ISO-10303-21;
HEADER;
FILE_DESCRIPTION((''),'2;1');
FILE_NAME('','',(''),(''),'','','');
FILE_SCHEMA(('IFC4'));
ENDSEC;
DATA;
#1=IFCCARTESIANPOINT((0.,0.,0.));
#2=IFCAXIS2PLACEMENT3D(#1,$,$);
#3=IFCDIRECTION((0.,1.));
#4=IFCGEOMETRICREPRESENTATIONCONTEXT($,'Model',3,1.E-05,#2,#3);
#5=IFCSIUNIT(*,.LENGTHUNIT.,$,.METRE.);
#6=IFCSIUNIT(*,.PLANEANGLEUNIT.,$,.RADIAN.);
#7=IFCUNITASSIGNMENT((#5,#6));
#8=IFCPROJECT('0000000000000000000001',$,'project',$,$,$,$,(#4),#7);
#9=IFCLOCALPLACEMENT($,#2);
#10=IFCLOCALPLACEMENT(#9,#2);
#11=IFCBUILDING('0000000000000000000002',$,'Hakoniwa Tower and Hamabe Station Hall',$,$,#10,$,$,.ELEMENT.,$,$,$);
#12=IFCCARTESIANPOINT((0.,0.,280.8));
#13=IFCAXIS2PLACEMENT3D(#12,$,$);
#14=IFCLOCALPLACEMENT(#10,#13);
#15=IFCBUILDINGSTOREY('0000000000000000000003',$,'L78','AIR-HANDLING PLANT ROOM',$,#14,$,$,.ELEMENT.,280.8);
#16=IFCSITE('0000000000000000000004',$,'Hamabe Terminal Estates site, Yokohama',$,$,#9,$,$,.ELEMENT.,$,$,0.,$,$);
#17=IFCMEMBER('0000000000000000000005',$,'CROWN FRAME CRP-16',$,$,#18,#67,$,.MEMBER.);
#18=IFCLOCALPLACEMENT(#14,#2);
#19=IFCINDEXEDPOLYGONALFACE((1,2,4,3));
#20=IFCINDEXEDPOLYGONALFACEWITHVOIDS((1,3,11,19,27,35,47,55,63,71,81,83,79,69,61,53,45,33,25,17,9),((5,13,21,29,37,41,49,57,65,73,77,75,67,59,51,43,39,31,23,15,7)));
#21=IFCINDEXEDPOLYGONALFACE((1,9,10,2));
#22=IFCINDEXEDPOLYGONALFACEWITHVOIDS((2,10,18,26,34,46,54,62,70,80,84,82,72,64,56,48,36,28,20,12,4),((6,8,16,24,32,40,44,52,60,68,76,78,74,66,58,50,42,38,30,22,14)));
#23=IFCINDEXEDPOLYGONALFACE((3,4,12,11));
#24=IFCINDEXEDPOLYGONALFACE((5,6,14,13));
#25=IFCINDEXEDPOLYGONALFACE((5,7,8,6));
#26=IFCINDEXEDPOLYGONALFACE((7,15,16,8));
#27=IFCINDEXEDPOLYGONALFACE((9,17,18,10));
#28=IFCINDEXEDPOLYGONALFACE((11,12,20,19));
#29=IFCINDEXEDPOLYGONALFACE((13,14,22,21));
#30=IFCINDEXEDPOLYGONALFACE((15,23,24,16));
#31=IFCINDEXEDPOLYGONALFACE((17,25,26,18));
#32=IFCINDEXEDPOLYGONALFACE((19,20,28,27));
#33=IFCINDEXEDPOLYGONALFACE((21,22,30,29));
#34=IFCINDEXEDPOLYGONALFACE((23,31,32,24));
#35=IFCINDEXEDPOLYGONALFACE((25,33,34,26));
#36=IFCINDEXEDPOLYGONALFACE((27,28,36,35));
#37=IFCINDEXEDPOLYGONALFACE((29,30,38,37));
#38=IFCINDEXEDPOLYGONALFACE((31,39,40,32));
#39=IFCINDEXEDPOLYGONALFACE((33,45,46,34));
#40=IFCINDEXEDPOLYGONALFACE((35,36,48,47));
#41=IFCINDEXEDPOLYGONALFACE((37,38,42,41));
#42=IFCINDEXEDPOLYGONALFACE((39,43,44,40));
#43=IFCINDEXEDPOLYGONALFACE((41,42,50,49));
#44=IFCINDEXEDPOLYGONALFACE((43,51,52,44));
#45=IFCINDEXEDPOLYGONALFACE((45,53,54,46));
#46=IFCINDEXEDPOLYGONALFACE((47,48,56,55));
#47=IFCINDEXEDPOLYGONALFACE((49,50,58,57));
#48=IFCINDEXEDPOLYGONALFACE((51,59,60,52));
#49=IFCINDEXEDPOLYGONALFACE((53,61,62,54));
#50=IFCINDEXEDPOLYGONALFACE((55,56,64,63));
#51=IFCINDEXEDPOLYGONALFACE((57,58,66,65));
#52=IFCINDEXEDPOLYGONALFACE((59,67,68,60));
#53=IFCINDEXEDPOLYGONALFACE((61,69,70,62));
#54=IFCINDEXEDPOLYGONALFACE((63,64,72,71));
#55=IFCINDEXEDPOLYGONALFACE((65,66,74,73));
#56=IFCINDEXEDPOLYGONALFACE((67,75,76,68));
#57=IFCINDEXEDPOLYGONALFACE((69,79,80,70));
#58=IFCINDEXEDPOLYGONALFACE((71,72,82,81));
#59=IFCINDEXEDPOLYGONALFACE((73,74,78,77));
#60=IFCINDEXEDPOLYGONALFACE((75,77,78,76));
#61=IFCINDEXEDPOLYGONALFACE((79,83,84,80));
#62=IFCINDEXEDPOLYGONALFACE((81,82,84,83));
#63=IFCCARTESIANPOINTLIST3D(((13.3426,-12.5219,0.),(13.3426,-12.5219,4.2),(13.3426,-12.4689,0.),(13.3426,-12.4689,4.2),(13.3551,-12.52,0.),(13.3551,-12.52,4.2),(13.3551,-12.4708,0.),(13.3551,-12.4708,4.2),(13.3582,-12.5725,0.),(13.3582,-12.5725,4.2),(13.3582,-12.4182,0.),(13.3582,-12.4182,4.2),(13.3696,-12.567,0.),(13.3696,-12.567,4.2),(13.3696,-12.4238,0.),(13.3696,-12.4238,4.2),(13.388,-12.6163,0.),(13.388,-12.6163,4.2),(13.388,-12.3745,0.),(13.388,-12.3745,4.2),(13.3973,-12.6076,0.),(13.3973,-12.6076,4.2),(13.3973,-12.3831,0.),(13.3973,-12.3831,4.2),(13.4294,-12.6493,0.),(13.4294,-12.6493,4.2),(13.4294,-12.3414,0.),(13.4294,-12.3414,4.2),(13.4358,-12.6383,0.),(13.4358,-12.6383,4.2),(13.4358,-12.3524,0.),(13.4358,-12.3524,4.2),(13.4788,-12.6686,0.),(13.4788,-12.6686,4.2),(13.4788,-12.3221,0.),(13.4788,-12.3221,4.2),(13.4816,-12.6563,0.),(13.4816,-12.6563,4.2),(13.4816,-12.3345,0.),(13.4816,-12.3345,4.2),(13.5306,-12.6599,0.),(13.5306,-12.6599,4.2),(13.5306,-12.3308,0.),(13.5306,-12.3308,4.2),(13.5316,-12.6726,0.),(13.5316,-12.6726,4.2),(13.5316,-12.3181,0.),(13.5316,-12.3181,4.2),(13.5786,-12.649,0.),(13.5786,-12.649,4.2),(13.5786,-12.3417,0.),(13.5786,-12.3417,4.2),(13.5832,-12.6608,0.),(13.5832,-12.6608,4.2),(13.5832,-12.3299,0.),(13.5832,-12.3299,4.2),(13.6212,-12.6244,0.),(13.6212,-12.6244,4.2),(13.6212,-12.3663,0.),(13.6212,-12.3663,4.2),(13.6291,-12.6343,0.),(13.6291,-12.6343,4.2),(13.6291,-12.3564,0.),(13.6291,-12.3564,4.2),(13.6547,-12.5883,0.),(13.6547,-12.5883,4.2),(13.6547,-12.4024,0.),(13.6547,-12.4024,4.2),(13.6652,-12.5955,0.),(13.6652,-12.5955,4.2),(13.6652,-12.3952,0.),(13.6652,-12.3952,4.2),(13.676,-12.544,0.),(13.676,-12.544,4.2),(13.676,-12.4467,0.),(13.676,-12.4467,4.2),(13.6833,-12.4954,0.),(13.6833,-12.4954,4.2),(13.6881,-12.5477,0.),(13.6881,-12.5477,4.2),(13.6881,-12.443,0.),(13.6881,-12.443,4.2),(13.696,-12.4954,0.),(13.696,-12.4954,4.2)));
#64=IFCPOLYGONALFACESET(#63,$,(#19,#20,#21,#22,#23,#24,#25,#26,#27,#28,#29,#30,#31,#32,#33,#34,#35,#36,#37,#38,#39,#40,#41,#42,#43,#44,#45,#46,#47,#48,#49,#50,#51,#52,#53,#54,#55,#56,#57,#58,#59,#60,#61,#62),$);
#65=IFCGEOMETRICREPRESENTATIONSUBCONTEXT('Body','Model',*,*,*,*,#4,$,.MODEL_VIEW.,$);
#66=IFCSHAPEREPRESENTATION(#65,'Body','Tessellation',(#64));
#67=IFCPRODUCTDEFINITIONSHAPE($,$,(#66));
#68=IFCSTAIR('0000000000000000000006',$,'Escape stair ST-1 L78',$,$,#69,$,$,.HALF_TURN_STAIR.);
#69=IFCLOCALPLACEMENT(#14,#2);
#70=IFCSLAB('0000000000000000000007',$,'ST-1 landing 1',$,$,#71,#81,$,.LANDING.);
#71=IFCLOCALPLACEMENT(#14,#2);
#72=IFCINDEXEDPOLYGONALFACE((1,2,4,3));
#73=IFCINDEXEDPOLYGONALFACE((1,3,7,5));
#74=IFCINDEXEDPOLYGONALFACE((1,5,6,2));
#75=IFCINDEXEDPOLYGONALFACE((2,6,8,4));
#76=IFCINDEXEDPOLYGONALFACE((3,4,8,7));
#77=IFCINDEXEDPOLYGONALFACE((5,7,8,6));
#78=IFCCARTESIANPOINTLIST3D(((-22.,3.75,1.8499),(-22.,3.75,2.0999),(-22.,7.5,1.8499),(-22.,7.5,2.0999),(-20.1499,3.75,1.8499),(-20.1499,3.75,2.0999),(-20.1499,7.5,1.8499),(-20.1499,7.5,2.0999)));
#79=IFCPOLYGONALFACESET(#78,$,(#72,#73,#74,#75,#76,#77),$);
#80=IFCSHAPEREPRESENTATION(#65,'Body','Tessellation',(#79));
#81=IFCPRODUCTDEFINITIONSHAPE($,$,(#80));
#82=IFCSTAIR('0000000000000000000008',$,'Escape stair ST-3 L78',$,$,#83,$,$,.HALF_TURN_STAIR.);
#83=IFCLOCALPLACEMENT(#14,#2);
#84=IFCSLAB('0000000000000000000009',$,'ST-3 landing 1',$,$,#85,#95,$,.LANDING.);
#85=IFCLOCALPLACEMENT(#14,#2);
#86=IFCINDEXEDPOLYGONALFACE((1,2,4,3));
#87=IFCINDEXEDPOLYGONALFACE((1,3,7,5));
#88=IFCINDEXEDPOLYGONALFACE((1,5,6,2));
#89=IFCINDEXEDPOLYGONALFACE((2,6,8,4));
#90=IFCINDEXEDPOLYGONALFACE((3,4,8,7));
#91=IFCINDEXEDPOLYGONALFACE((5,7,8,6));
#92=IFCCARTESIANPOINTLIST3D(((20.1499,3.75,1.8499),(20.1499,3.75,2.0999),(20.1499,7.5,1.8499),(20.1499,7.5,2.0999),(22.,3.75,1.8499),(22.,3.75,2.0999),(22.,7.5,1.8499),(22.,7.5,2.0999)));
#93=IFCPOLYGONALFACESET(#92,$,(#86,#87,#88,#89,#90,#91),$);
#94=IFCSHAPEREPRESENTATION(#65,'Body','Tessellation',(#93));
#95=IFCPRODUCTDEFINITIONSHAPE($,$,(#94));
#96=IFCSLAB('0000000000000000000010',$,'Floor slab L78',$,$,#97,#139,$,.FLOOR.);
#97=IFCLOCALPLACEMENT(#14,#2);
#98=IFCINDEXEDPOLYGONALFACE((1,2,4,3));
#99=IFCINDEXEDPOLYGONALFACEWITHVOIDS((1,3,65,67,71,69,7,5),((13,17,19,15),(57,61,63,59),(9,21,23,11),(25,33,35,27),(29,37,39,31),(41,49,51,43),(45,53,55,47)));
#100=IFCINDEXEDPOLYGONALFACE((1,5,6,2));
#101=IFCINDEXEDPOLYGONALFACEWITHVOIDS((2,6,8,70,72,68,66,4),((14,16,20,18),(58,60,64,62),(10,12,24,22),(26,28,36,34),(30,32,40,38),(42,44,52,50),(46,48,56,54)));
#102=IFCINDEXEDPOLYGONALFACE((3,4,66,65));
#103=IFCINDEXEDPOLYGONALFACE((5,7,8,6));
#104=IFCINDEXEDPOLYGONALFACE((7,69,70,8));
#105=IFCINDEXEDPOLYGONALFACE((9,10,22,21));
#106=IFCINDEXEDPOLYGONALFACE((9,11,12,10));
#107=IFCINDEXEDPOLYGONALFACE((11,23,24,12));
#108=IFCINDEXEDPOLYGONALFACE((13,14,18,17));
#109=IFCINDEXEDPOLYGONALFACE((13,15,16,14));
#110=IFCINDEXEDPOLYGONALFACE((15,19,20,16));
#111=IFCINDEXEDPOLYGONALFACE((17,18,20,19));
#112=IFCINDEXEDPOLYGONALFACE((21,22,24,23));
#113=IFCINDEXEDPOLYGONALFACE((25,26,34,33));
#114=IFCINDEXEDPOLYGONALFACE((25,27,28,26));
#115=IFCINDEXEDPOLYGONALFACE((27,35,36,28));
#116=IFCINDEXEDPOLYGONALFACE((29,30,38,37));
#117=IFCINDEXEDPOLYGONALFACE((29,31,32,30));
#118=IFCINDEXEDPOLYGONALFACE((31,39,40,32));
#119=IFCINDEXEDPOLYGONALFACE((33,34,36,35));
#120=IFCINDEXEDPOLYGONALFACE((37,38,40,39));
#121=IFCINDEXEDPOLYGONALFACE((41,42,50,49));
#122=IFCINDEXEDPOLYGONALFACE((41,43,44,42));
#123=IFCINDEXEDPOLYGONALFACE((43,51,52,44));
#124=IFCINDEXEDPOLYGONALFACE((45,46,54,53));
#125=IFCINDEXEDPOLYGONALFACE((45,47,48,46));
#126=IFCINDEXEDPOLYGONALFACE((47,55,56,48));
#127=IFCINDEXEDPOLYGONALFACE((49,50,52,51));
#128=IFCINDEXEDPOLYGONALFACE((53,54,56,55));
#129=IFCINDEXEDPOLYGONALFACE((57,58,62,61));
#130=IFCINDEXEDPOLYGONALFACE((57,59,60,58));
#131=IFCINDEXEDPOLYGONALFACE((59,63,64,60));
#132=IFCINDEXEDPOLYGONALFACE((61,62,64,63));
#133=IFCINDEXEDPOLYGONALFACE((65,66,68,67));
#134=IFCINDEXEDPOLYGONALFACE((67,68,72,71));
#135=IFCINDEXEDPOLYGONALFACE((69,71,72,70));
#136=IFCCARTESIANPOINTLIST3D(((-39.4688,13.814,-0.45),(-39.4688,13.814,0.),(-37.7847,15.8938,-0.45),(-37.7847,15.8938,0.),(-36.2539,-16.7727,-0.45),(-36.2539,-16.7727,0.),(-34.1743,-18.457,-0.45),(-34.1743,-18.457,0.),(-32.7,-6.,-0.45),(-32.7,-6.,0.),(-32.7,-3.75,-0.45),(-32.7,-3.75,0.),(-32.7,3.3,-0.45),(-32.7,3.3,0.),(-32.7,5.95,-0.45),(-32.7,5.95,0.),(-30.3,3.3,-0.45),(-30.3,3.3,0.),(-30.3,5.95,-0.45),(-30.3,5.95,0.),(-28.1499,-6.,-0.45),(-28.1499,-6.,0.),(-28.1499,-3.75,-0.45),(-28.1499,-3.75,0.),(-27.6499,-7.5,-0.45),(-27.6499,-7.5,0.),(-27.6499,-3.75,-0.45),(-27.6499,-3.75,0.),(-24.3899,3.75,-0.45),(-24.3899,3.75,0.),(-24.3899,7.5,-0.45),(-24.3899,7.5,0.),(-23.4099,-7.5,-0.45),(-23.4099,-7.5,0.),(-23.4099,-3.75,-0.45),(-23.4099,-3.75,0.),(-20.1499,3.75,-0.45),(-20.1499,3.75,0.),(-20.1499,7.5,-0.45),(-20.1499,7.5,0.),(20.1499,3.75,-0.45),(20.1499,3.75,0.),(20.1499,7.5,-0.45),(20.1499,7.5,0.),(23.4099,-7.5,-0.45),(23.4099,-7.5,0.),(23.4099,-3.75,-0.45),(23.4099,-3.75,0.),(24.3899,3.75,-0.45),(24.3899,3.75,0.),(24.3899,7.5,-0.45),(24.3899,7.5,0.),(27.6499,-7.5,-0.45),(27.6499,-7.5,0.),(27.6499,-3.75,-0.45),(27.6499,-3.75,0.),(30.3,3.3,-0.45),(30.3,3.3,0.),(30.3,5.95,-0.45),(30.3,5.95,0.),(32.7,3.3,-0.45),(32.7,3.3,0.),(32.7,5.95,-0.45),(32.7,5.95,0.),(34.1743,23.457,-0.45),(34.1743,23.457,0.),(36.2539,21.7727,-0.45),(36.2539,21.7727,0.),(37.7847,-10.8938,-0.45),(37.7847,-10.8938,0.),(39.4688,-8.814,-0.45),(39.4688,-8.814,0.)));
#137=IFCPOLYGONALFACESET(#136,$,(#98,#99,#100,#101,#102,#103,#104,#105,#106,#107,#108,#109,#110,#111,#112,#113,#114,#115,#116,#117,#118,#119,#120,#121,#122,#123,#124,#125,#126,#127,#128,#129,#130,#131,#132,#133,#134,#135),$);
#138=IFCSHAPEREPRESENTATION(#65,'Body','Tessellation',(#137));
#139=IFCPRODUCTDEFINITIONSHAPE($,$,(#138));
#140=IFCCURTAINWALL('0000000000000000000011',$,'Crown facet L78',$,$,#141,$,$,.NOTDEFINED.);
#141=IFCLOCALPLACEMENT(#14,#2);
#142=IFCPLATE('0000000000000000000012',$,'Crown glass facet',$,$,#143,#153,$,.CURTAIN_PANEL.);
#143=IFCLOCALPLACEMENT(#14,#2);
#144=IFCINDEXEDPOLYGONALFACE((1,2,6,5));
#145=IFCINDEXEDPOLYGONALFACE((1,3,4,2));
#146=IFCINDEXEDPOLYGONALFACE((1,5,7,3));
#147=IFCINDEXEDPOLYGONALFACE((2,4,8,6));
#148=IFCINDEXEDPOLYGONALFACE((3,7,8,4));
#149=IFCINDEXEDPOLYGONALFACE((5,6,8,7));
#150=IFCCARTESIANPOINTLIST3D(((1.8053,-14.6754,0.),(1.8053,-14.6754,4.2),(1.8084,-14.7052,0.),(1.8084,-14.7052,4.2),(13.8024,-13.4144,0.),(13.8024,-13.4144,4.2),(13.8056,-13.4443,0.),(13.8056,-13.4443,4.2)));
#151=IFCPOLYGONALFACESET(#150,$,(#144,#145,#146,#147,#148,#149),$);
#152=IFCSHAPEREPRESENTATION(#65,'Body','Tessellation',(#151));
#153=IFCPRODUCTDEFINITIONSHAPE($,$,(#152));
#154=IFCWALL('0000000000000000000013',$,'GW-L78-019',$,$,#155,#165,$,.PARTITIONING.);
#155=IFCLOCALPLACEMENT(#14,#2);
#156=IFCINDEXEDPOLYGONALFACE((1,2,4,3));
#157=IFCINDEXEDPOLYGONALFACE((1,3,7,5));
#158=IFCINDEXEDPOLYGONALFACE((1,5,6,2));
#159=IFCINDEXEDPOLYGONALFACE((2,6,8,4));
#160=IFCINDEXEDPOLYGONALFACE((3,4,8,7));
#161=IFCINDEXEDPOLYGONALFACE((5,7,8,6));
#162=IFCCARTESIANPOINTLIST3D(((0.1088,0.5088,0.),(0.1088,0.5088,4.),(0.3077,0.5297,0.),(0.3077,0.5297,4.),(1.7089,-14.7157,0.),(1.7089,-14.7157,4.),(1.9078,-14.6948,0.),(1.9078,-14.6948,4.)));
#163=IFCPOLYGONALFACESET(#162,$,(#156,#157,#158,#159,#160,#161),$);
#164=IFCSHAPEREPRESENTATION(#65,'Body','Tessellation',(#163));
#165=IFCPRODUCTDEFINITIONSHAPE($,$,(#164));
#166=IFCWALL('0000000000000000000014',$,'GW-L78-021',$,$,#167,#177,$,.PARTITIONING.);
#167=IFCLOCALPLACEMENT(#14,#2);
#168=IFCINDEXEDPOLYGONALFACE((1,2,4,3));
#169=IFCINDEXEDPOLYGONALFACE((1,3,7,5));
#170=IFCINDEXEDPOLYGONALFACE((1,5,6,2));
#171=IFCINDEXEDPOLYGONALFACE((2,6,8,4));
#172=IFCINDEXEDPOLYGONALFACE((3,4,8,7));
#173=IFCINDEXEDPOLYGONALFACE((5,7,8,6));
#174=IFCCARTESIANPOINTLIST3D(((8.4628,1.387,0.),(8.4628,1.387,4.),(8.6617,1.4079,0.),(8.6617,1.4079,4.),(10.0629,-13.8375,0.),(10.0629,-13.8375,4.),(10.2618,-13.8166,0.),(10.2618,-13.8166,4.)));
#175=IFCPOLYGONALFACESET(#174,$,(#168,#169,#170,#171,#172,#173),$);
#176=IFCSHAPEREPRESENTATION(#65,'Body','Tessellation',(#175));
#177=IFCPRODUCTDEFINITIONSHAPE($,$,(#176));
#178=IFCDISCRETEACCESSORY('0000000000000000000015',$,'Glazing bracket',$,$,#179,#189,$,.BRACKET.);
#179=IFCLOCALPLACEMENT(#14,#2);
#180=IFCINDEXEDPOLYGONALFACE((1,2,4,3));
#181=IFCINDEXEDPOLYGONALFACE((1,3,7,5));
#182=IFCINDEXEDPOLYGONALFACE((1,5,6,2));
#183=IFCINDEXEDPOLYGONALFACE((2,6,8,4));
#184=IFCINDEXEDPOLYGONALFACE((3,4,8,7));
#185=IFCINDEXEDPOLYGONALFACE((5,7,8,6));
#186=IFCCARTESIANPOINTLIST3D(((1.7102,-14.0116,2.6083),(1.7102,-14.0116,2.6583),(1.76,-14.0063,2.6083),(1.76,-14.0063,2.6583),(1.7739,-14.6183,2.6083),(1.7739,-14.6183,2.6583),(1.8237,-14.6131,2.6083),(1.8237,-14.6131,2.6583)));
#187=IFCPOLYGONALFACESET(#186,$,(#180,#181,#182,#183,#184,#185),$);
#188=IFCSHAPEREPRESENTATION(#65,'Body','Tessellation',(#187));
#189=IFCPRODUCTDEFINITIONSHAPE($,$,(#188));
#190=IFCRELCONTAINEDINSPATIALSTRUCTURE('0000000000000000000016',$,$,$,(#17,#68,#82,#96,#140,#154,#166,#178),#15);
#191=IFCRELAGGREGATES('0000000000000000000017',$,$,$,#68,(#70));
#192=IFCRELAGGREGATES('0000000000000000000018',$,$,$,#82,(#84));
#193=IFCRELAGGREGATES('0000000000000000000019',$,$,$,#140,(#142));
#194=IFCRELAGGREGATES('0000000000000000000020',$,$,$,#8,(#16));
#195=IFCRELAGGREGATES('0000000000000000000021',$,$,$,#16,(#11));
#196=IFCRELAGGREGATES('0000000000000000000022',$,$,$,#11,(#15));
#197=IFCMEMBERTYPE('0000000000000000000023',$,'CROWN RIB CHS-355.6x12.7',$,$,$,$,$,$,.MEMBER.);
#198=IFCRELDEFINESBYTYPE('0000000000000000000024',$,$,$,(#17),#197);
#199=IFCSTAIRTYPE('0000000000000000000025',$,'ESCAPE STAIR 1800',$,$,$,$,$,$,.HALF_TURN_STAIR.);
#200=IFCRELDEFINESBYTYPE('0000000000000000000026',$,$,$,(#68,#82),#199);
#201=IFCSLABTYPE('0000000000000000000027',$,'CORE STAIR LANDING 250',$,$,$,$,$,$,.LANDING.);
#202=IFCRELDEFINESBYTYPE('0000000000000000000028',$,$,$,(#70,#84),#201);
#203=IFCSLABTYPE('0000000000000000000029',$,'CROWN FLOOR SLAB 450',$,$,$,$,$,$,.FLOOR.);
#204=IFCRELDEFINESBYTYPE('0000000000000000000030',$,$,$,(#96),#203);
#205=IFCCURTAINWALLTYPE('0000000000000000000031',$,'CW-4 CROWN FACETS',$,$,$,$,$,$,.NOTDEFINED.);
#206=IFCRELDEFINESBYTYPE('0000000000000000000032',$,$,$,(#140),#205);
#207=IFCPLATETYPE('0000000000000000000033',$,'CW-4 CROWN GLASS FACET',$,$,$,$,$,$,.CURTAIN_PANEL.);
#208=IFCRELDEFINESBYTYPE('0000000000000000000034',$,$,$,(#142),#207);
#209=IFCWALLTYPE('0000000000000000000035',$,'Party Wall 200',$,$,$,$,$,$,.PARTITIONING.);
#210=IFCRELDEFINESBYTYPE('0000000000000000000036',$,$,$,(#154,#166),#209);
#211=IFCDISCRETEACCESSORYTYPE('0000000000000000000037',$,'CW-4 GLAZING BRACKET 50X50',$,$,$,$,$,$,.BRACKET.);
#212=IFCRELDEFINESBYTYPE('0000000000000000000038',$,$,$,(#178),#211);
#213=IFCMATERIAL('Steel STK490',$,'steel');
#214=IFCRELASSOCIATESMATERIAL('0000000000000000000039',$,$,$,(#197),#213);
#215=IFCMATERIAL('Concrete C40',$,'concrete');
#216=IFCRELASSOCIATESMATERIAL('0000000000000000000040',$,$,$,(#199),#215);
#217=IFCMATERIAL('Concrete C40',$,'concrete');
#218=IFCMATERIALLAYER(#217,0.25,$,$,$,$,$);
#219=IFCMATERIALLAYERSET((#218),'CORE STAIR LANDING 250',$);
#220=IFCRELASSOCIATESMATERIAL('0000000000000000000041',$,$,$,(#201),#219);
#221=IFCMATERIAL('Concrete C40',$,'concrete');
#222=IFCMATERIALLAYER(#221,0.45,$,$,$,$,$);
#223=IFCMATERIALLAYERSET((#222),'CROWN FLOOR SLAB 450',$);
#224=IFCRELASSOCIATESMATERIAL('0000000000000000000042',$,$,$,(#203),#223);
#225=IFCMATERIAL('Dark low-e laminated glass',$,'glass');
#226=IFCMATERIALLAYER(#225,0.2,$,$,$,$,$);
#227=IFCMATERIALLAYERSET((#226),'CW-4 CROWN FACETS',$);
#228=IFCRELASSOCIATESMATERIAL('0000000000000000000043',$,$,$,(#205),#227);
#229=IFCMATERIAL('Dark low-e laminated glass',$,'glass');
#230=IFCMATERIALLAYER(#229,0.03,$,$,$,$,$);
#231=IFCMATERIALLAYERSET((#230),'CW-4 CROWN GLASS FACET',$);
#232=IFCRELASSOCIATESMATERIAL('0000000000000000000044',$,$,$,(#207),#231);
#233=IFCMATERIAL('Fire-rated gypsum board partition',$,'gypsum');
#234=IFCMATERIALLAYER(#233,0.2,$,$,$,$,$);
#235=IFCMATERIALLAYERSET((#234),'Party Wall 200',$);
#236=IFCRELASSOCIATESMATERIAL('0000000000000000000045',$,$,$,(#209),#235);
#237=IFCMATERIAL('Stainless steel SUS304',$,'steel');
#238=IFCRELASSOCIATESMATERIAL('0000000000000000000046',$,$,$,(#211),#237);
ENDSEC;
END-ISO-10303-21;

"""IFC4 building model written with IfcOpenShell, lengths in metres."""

from ifc_helpers import new_model, si_unit, direction, frame, frame_2d, origin, origin_2d, place, context, subcontext, project, spatial, polyline, rectangle, hollow_circle, outline, extrude, material, layer, layer_set, material_profile, profile_set, type_object, element, aggregate, save


model = new_model("IFC4")

# Units and contexts
model_context = context("Model", 3, precision=1e-05, world=origin(), true_north=direction((0.0, 1.0)))
body_context = subcontext(model_context, "Body", "Model", "MODEL_VIEW")
ifc_project = project(units=[si_unit("LENGTHUNIT", "METRE"), si_unit("PLANEANGLEUNIT", "RADIAN")], contexts=[model_context])

# Site, building, storey
site_placement = place(None, origin())
site = spatial("IfcSite", under=ifc_project, at=site_placement, Name="Hamabe Terminal Estates site, Yokohama", CompositionType="ELEMENT", RefElevation=0.0)
building_placement = place(site_placement, origin())
building = spatial("IfcBuilding", under=site, at=building_placement, Name="Hakoniwa Tower and Hamabe Station Hall", CompositionType="ELEMENT")
storey_placement = place(building_placement, frame((0.0, 0.0, 280.8)))
storey = spatial("IfcBuildingStorey", under=building, at=storey_placement, Name="L78", Description="AIR-HANDLING PLANT ROOM", CompositionType="ELEMENT", Elevation=280.8)

# Member
ifc_material_1 = material(Name="Steel STK490", Category="steel")
ifc_material_profile_1 = material_profile(ifc_material_1, hollow_circle(Radius=0.1777, WallThickness=0.0127, at=origin_2d()), Name="CHS-355.6x12.7")
ifc_profile_set_1 = profile_set([ifc_material_profile_1], Name="Steel STK490")
member_type = type_object("IfcMemberType", Name="CROWN RIB CHS-355.6x12.7", PredefinedType="MEMBER", material=ifc_profile_set_1)
for number, where, z_axis, x_axis, name in (
    (1, (13.5183, -12.4954, 0.0), (0.0, 0.0, 1.0), (1.0, 0.0, 0.0), "CROWN FRAME CRP-16"),
):
    element("IfcMember", number, at=place(storey_placement, frame(where, z_axis=z_axis, x_axis=x_axis)), inside=storey, type_object=member_type, Name=name, PredefinedType="MEMBER", context=body_context, shape_type="SweptSolid", body=[
        extrude(hollow_circle(Radius=0.1777, WallThickness=0.0127, at=origin_2d()), origin(), (0.0, 0.0, 1.0), 4.2),
    ])

# Stairs, slabs
ifc_material_2 = material(Name="Concrete C40", Category="concrete")
stair_type = type_object("IfcStairType", Name="ESCAPE STAIR 1800", PredefinedType="HALF_TURN_STAIR", material=ifc_material_2)
stair_1_placement = place(storey_placement, origin())
stair_1 = element("IfcStair", 2, at=stair_1_placement, inside=storey, type_object=stair_type, Name="Escape stair ST-1 L78", PredefinedType="HALF_TURN_STAIR")
ifc_material_3 = material(Name="Concrete C40", Category="concrete")
ifc_layer_1 = layer(ifc_material_3, 0.25)
ifc_layer_set_1 = layer_set([ifc_layer_1], Name="CORE STAIR LANDING 250")
slab_type_1 = type_object("IfcSlabType", Name="CORE STAIR LANDING 250", PredefinedType="LANDING", material=ifc_layer_set_1)
slab_1_placement = place(storey_placement, frame((0.0, 0.0, 1.8499)))
slab_1 = element("IfcSlab", 3, at=slab_1_placement, type_object=slab_type_1, Name="ST-1 landing 1", PredefinedType="LANDING", context=body_context, shape_type="SweptSolid", body=[
    extrude(outline(polyline([(-22.0, 3.75), (-20.1499, 3.75), (-20.1499, 7.5), (-22.0, 7.5), (-22.0, 3.75)])), origin(), (0.0, 0.0, 1.0), 0.25),
])
aggregate(stair_1, [slab_1])
stair_2_placement = place(storey_placement, origin())
stair_2 = element("IfcStair", 4, at=stair_2_placement, inside=storey, type_object=stair_type, Name="Escape stair ST-3 L78", PredefinedType="HALF_TURN_STAIR")
slab_2_placement = place(storey_placement, frame((0.0, 0.0, 1.8499)))
slab_2 = element("IfcSlab", 5, at=slab_2_placement, type_object=slab_type_1, Name="ST-3 landing 1", PredefinedType="LANDING", context=body_context, shape_type="SweptSolid", body=[
    extrude(outline(polyline([(22.0, 3.75), (20.1499, 3.75), (20.1499, 7.5), (22.0, 7.5), (22.0, 3.75)])), origin(), (0.0, 0.0, 1.0), 0.25),
])
aggregate(stair_2, [slab_2])

# Slab
ifc_material_4 = material(Name="Concrete C40", Category="concrete")
ifc_layer_2 = layer(ifc_material_4, 0.45)
ifc_layer_set_2 = layer_set([ifc_layer_2], Name="CROWN FLOOR SLAB 450")
slab_type_2 = type_object("IfcSlabType", Name="CROWN FLOOR SLAB 450", PredefinedType="FLOOR", material=ifc_layer_set_2)
slab_3_placement = place(storey_placement, frame((0.0, 0.0, -0.45)))
element("IfcSlab", 6, at=slab_3_placement, inside=storey, type_object=slab_type_2, Name="Floor slab L78", PredefinedType="FLOOR", context=body_context, shape_type="SweptSolid", body=[
    extrude(outline(polyline([(36.2539, 21.7727), (34.1743, 23.457), (-37.7847, 15.8938), (-39.4688, 13.814), (-36.2539, -16.7727), (-34.1743, -18.457), (37.7847, -10.8938), (39.4688, -8.814), (36.2539, 21.7727)]), holes=[polyline([(-32.7, 3.3), (-32.7, 5.95), (-30.3, 5.95), (-30.3, 3.3), (-32.7, 3.3)]), polyline([(-32.7, -6.0), (-32.7, -3.75), (-28.1499, -3.75), (-28.1499, -6.0), (-32.7, -6.0)]), polyline([(-24.3899, 3.75), (-24.3899, 7.5), (-20.1499, 7.5), (-20.1499, 3.75), (-24.3899, 3.75)]), polyline([(-27.6499, -7.5), (-27.6499, -3.75), (-23.4099, -3.75), (-23.4099, -7.5), (-27.6499, -7.5)]), polyline([(30.3, 3.3), (30.3, 5.95), (32.7, 5.95), (32.7, 3.3), (30.3, 3.3)]), polyline([(20.1499, 3.75), (20.1499, 7.5), (24.3899, 7.5), (24.3899, 3.75), (20.1499, 3.75)]), polyline([(23.4099, -7.5), (23.4099, -3.75), (27.6499, -3.75), (27.6499, -7.5), (23.4099, -7.5)])]), origin(), (0.0, 0.0, 1.0), 0.45),
])

# Curtain wall, plate
ifc_material_5 = material(Name="Dark low-e laminated glass", Category="glass")
ifc_layer_3 = layer(ifc_material_5, 0.2)
ifc_layer_set_3 = layer_set([ifc_layer_3], Name="CW-4 CROWN FACETS")
curtain_wall_type = type_object("IfcCurtainWallType", Name="CW-4 CROWN FACETS", PredefinedType="NOTDEFINED", material=ifc_layer_set_3)
curtain_wall_placement = place(storey_placement, origin())
curtain_wall = element("IfcCurtainWall", 7, at=curtain_wall_placement, inside=storey, type_object=curtain_wall_type, Name="Crown facet L78", PredefinedType="NOTDEFINED")
ifc_material_6 = material(Name="Dark low-e laminated glass", Category="glass")
ifc_layer_4 = layer(ifc_material_6, 0.03)
ifc_layer_set_4 = layer_set([ifc_layer_4], Name="CW-4 CROWN GLASS FACET")
plate_type = type_object("IfcPlateType", Name="CW-4 CROWN GLASS FACET", PredefinedType="CURTAIN_PANEL", material=ifc_layer_set_4)
plate_placement = place(storey_placement, frame((7.8054, -14.0598, 0.0), z_axis=(0.0, 0.0, 1.0), x_axis=(0.994522, 0.104528, 0.0)))
plate = element("IfcPlate", 8, at=plate_placement, type_object=plate_type, Name="Crown glass facet", PredefinedType="CURTAIN_PANEL", context=body_context, shape_type="SweptSolid", body=[
    extrude(rectangle(XDim=12.0632, YDim=0.03, at=origin_2d()), origin(), (0.0, 0.0, 1.0), 4.2),
])
aggregate(curtain_wall, [plate])

# Walls
ifc_material_7 = material(Name="Fire-rated gypsum board partition", Category="gypsum")
ifc_layer_5 = layer(ifc_material_7, 0.2)
ifc_layer_set_5 = layer_set([ifc_layer_5], Name="Party Wall 200")
wall_type = type_object("IfcWallType", Name="Party Wall 200", PredefinedType="PARTITIONING", material=ifc_layer_set_5)
for number, where, z_axis, x_axis, name in (
    (9, (1.8083, -14.7053, 0.0), (0.0, 0.0, 1.0), (-0.104524, 0.994522, 0.0), "GW-L78-019"),
    (10, (10.1624, -13.8271, 0.0), (0.0, 0.0, 1.0), (-0.104524, 0.994522, 0.0), "GW-L78-021"),
):
    element("IfcWall", number, at=place(storey_placement, frame(where, z_axis=z_axis, x_axis=x_axis)), inside=storey, type_object=wall_type, Name=name, PredefinedType="PARTITIONING", context=body_context, shape_type="SweptSolid", body=[
        extrude(rectangle(XDim=15.3083, YDim=0.2, at=frame_2d((7.6543, 0.0))), origin(), (0.0, 0.0, 1.0), 4.0),
    ])

# Discrete accessory
ifc_material_8 = material(Name="Stainless steel SUS304", Category="steel")
ifc_material_profile_2 = material_profile(ifc_material_8, rectangle(XDim=0.05, YDim=0.05, at=origin_2d()), Name="CW-4 GLAZING BRACKET 50X50")
ifc_profile_set_2 = profile_set([ifc_material_profile_2], Name="Stainless steel SUS304")
discrete_accessory_type = type_object("IfcDiscreteAccessoryType", Name="CW-4 GLAZING BRACKET 50X50", PredefinedType="BRACKET", material=ifc_profile_set_2)
discrete_accessory_placement = place(storey_placement, frame((1.7988, -14.6157, 2.6333), z_axis=(-0.104456, 0.99453, 0.0), x_axis=(-0.99453, -0.104456, 0.0)))
element("IfcDiscreteAccessory", 11, at=discrete_accessory_placement, inside=storey, type_object=discrete_accessory_type, Name="Glazing bracket", PredefinedType="BRACKET", context=body_context, shape_type="SweptSolid", body=[
    extrude(rectangle(XDim=0.05, YDim=0.05, at=origin_2d()), origin(), (0.0, 0.0, 1.0), 0.6101),
])

save(model, "model.ifc")
